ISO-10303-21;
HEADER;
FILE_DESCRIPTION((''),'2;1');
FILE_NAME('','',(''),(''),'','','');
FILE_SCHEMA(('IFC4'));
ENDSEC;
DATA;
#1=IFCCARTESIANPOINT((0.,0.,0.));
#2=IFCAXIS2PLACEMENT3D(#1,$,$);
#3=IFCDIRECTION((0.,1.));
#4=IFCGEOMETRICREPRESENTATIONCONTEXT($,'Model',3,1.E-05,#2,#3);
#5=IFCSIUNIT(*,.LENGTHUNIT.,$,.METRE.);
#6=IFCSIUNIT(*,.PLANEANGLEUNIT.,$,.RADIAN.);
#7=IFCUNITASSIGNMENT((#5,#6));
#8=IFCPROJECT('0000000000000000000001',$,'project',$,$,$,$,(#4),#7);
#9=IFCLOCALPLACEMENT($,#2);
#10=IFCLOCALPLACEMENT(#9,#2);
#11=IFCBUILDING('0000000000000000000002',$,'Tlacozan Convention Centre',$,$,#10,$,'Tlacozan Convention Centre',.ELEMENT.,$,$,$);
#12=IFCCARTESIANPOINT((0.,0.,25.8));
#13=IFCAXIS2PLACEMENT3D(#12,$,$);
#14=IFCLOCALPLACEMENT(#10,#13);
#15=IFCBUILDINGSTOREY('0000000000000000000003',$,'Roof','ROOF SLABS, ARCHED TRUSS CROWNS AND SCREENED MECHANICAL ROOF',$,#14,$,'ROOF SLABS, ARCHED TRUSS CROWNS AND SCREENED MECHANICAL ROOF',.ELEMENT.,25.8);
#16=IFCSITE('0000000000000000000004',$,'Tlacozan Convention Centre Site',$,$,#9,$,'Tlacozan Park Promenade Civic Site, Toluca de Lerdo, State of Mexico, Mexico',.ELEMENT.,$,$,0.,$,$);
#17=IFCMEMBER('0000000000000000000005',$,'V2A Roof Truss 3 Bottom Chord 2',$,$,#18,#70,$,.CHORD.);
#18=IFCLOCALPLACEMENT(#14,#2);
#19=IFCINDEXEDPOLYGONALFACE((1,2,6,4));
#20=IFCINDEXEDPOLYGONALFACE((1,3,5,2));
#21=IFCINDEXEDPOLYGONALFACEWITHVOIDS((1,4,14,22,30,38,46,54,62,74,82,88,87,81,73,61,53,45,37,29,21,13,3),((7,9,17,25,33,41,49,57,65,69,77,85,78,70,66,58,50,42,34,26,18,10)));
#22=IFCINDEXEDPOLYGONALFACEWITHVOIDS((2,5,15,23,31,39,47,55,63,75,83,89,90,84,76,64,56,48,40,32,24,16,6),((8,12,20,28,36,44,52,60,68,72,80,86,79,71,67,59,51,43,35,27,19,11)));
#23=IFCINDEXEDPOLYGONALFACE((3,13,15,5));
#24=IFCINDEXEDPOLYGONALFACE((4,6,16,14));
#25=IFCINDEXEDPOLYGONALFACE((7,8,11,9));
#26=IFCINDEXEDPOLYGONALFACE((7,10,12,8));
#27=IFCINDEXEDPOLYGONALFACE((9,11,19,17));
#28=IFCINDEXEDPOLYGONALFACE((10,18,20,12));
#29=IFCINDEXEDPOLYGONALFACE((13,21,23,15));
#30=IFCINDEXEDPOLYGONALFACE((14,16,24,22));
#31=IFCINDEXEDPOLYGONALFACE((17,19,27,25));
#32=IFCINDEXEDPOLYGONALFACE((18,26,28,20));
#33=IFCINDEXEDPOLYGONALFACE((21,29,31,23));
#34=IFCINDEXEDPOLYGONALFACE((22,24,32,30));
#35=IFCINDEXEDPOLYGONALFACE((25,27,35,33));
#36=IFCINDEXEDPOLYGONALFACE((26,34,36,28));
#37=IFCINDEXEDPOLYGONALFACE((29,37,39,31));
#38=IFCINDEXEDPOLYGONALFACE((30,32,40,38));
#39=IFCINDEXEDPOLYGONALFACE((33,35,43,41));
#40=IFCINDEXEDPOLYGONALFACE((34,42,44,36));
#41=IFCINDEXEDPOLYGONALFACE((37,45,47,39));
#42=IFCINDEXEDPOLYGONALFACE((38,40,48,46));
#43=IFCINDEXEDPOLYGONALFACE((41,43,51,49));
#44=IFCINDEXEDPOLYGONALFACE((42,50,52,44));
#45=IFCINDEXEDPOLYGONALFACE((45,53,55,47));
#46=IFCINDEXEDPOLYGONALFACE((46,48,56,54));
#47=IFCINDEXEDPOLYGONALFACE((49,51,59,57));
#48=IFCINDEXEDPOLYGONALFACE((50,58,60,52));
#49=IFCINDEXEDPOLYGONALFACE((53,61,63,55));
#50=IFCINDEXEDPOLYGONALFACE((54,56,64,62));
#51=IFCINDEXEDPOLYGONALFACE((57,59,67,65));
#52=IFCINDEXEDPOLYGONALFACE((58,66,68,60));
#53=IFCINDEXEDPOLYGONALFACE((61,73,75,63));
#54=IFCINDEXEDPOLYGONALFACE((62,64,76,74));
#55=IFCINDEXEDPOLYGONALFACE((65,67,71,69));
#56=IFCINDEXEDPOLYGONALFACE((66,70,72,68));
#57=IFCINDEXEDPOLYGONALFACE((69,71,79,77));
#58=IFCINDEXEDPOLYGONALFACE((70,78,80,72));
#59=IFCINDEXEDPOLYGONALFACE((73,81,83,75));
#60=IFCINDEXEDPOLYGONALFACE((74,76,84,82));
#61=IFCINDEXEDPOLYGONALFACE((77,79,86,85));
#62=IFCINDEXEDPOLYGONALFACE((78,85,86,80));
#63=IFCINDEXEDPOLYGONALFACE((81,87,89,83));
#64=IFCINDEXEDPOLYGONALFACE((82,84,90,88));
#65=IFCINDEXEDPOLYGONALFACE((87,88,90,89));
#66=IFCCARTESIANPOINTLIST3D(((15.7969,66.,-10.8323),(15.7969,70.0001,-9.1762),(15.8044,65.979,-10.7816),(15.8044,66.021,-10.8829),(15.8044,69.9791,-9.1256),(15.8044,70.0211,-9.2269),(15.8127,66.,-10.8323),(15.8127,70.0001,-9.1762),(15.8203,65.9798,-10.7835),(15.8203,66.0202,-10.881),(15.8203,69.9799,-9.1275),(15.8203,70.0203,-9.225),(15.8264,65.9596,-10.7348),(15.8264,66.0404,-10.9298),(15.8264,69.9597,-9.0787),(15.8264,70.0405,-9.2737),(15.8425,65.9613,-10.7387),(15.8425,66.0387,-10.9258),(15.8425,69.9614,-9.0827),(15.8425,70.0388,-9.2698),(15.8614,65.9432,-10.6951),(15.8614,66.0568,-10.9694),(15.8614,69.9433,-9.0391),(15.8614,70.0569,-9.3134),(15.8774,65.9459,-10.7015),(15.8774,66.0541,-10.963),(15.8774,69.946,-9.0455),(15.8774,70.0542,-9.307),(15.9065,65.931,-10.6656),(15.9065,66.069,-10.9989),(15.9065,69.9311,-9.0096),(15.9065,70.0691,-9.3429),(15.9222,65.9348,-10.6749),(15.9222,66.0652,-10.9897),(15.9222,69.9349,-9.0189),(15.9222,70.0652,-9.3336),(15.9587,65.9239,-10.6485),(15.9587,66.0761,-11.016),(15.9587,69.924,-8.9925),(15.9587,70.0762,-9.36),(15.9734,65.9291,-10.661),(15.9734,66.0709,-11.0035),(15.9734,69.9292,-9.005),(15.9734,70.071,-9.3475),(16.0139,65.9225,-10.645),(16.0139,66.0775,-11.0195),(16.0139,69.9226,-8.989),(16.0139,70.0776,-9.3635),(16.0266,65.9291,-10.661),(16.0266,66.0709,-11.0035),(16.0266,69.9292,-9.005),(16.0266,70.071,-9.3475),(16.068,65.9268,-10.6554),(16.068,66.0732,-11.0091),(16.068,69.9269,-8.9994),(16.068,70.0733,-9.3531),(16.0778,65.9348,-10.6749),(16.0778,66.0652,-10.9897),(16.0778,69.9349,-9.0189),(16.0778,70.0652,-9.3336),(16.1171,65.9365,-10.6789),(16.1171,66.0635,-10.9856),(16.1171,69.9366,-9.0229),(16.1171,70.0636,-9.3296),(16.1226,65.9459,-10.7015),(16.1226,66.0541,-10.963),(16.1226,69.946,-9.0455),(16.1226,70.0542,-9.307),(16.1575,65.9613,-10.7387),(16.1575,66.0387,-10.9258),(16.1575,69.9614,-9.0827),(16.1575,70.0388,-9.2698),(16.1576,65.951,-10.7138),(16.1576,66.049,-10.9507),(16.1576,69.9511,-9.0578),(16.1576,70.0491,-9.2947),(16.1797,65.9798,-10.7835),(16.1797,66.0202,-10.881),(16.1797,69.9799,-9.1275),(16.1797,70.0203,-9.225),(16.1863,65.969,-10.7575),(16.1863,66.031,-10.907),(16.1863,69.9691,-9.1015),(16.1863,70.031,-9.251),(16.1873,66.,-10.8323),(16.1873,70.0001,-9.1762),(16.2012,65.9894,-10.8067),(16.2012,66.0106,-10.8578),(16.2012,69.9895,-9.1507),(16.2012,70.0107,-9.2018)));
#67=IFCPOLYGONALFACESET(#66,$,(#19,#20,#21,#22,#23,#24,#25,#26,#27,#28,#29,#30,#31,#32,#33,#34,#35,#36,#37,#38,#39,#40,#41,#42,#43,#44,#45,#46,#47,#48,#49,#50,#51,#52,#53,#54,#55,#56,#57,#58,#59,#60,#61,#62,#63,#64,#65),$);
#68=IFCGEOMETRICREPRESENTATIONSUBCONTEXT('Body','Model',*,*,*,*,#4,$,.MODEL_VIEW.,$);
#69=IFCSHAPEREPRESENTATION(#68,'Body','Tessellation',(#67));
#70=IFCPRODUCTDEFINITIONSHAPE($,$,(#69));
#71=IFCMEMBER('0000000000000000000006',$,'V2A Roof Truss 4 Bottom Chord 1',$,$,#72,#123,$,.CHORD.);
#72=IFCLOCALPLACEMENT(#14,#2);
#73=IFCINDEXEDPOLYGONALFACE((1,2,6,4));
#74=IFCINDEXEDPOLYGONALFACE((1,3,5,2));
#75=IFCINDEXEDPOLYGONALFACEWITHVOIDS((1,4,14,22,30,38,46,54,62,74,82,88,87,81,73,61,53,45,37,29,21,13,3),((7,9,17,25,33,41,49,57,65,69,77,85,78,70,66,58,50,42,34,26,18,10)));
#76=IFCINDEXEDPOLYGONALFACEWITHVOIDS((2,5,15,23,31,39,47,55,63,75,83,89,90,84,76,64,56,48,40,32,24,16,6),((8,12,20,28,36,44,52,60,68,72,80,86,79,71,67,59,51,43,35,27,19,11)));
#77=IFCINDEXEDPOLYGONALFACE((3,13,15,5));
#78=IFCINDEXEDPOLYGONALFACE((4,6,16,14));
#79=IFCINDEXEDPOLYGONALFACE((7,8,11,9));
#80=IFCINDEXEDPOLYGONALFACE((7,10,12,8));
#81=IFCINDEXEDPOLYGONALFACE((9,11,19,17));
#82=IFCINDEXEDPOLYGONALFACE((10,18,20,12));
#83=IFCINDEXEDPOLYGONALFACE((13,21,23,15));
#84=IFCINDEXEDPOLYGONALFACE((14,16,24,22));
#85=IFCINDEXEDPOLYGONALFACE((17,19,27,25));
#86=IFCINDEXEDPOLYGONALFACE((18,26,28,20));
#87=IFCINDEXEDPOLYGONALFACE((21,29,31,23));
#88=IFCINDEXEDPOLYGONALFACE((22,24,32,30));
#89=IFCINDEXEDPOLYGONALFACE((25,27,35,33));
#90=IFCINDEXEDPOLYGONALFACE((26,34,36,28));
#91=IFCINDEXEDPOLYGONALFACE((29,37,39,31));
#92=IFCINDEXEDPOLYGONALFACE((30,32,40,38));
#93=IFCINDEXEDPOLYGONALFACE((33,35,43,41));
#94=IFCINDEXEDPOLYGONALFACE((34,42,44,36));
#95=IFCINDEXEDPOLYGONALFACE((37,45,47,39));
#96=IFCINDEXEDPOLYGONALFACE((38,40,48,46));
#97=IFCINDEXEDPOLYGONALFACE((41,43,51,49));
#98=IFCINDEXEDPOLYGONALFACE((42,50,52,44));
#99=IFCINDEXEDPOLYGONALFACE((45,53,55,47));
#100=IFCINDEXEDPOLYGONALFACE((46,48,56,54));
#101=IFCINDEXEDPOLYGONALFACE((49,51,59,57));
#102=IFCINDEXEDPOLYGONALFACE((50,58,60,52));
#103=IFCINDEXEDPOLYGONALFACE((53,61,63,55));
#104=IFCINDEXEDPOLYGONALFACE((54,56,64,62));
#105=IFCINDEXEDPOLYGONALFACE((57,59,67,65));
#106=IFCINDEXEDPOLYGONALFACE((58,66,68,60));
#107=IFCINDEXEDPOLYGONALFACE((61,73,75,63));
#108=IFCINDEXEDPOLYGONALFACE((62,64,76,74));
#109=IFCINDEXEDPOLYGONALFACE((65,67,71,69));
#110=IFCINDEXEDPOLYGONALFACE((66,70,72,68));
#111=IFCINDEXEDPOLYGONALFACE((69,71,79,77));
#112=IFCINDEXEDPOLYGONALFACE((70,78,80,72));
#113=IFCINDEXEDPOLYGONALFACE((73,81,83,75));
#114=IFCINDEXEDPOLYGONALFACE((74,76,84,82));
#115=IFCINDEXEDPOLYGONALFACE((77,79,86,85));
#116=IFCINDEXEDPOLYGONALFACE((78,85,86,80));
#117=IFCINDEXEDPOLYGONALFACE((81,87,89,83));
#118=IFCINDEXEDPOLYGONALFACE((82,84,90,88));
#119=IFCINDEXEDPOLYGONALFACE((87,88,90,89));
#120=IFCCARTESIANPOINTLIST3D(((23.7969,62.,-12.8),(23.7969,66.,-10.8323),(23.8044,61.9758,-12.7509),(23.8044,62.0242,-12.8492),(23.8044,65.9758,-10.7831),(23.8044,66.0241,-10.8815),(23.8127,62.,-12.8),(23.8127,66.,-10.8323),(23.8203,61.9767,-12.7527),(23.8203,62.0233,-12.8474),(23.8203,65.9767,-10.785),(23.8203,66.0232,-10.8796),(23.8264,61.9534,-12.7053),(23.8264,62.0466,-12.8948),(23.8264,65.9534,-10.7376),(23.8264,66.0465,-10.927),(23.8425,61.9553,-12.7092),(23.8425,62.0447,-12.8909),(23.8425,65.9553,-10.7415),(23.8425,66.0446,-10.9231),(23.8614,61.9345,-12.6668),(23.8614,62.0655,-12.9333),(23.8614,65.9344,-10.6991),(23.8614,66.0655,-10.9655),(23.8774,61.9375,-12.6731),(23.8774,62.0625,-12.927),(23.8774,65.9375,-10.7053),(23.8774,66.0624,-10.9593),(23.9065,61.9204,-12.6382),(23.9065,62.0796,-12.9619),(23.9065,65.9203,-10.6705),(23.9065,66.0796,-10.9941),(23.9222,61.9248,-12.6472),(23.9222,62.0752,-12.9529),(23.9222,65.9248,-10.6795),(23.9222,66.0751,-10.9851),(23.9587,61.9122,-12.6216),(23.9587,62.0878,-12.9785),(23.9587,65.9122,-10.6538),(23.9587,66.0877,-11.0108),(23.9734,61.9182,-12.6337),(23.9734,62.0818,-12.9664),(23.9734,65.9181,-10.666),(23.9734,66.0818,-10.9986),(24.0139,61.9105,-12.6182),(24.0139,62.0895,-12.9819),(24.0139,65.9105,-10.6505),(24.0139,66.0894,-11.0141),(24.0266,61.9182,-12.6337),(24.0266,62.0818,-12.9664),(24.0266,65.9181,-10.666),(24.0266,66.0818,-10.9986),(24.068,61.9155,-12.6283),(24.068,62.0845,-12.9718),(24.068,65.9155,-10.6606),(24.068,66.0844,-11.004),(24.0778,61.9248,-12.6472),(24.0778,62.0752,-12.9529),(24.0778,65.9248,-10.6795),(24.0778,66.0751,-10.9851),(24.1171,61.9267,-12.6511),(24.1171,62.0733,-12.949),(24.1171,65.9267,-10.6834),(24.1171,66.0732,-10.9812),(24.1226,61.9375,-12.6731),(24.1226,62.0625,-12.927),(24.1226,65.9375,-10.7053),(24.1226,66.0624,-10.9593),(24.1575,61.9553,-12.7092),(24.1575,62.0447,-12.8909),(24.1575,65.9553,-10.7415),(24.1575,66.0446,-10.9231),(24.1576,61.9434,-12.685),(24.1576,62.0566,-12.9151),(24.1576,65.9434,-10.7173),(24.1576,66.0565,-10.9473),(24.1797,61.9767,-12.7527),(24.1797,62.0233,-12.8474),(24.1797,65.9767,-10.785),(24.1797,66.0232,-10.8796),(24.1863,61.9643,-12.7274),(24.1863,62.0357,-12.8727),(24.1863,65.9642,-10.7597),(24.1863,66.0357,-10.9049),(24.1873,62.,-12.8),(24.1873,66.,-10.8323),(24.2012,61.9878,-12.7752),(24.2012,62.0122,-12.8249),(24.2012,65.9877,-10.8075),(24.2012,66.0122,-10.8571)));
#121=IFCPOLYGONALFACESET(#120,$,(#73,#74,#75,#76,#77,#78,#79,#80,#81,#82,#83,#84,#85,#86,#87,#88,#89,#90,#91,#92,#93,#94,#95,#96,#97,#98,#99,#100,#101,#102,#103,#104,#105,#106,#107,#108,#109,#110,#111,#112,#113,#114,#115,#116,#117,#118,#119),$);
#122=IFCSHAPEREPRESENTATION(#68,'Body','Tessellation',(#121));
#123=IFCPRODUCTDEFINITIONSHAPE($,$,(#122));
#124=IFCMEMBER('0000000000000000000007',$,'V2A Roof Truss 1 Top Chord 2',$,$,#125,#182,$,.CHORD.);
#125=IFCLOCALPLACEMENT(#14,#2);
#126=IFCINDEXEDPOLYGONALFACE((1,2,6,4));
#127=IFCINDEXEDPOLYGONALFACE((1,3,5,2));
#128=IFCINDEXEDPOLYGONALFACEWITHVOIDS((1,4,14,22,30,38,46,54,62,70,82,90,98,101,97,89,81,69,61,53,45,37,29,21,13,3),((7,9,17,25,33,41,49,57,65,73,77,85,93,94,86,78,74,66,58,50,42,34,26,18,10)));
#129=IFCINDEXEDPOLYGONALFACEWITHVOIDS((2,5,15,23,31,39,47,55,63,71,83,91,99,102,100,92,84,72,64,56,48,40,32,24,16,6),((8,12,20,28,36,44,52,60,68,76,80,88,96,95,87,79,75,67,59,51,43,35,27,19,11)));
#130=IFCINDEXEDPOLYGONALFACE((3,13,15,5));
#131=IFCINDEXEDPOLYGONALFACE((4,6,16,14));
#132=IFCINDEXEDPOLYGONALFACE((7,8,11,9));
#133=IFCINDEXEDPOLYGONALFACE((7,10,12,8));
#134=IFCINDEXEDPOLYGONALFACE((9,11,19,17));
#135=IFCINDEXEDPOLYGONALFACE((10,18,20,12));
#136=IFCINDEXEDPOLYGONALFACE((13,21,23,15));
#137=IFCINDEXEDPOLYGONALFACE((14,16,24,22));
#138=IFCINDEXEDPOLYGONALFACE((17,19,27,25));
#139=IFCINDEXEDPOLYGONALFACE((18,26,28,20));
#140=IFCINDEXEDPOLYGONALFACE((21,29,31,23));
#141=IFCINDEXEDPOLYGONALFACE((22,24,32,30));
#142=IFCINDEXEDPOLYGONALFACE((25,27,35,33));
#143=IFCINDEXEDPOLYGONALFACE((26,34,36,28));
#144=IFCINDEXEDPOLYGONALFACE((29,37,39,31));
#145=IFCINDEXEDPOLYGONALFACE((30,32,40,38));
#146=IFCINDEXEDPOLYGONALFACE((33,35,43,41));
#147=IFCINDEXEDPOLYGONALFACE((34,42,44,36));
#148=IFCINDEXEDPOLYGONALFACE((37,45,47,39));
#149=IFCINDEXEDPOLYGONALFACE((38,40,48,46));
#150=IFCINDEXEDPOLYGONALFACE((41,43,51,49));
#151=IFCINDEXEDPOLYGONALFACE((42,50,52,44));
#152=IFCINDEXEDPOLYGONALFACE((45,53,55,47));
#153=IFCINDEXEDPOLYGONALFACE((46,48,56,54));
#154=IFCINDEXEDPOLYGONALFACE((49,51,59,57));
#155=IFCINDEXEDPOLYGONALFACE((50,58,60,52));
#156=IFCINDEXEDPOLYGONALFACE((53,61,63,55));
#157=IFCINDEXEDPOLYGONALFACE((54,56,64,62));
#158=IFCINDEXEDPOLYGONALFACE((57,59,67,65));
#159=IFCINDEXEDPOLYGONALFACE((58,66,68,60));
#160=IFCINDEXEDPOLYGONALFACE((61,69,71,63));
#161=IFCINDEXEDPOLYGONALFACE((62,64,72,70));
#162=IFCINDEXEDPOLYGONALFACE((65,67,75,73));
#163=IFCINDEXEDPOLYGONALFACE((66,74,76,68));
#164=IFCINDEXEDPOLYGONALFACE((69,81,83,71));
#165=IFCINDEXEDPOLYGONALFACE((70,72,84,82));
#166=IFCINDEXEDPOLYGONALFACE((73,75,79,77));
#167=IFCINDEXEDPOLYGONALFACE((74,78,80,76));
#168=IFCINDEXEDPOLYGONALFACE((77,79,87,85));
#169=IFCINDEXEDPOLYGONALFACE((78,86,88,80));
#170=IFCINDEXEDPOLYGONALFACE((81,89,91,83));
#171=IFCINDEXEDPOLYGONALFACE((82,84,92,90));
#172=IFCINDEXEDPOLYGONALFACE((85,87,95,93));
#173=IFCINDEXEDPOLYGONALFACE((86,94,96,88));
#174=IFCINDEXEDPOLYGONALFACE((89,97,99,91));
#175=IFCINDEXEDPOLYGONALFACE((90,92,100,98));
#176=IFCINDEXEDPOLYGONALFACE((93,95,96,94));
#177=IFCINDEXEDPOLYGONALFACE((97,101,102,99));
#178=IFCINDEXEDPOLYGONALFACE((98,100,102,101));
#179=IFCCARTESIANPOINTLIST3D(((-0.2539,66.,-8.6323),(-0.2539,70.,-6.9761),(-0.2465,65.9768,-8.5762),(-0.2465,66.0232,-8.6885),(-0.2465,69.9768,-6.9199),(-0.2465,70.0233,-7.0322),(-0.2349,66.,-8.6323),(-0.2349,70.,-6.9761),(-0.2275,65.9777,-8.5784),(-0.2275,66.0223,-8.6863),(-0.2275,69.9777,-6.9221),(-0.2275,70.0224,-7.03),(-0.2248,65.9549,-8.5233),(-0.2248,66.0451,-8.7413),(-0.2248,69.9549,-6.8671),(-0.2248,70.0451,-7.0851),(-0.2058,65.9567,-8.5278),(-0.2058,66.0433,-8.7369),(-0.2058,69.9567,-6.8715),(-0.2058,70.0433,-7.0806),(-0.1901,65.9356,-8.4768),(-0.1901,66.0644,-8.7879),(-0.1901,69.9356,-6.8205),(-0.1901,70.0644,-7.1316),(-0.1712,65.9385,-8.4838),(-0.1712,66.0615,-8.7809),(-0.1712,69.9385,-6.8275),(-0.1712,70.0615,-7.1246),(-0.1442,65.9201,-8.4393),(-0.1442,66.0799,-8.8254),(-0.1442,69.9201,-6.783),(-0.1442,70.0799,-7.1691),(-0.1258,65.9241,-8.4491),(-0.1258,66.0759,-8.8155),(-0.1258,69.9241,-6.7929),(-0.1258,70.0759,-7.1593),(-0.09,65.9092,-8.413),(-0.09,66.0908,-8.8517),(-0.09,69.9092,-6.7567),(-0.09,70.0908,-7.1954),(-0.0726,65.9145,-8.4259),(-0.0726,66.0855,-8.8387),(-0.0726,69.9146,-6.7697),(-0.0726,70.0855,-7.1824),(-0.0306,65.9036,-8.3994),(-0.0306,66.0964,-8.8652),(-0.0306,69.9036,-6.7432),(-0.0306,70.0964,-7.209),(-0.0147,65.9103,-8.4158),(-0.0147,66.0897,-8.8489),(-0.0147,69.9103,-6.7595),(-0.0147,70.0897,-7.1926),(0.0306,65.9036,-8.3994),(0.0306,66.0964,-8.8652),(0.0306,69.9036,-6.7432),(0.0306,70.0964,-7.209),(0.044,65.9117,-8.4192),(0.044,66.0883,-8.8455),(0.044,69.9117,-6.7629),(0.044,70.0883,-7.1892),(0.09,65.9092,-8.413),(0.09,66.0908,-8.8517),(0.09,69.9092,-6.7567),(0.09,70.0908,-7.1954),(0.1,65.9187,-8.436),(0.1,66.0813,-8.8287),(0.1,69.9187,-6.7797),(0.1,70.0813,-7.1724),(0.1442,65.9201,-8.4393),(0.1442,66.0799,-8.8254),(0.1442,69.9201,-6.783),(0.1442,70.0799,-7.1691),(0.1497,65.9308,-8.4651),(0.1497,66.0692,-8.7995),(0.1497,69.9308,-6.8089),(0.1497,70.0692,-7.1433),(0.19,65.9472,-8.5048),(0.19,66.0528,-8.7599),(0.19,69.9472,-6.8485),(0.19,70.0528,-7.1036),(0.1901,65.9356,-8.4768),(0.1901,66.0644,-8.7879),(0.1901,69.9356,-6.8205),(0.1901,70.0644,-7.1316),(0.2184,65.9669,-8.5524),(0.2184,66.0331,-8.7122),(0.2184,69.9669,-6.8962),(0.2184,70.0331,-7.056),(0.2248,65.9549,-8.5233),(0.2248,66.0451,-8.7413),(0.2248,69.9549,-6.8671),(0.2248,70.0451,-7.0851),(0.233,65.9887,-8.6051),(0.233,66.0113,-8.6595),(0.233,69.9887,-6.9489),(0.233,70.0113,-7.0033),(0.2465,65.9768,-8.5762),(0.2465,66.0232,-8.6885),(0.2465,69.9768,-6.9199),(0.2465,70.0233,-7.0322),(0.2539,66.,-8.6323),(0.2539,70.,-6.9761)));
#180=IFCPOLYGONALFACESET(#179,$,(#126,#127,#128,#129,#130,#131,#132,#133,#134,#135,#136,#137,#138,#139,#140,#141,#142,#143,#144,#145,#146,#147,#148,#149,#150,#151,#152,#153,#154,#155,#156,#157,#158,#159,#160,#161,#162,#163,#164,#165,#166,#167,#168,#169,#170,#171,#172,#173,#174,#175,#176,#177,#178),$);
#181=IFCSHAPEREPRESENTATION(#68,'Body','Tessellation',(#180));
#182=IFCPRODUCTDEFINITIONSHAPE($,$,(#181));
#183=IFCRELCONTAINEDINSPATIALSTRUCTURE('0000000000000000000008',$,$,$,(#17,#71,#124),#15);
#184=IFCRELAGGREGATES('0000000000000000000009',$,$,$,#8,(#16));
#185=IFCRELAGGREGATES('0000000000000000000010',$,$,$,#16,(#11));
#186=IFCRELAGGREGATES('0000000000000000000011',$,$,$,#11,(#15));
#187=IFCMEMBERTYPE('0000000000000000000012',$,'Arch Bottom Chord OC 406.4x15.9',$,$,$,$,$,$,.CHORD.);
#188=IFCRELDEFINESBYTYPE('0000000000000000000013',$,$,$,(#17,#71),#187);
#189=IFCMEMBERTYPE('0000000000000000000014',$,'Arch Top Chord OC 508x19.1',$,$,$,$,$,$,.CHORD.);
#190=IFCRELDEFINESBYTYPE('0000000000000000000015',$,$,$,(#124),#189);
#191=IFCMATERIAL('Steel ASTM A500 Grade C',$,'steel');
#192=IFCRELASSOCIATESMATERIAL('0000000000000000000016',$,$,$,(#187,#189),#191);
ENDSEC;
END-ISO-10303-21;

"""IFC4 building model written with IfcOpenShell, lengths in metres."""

from ifc_helpers import new_model, si_unit, direction, frame, origin, origin_2d, place, context, subcontext, project, spatial, hollow_circle, extrude, material, material_profile, profile_set, type_object, element, save


model = new_model("IFC4")

# Units and contexts
model_context = context("Model", 3, precision=1e-05, world=origin(), true_north=direction((0.0, 1.0)))
body_context = subcontext(model_context, "Body", "Model", "MODEL_VIEW")
ifc_project = project(units=[si_unit("LENGTHUNIT", "METRE"), si_unit("PLANEANGLEUNIT", "RADIAN")], contexts=[model_context])

# Site, building, storey
site_placement = place(None, origin())
site = spatial("IfcSite", under=ifc_project, at=site_placement, Name="Tlacozan Convention Centre Site", LongName="Tlacozan Park Promenade Civic Site, Toluca de Lerdo, State of Mexico, Mexico", CompositionType="ELEMENT", RefElevation=0.0)
building_placement = place(site_placement, origin())
building = spatial("IfcBuilding", under=site, at=building_placement, Name="Tlacozan Convention Centre", LongName="Tlacozan Convention Centre", CompositionType="ELEMENT")
storey_placement = place(building_placement, frame((0.0, 0.0, 25.8)))
storey = spatial("IfcBuildingStorey", under=building, at=storey_placement, Name="Roof", Description="ROOF SLABS, ARCHED TRUSS CROWNS AND SCREENED MECHANICAL ROOF", LongName="ROOF SLABS, ARCHED TRUSS CROWNS AND SCREENED MECHANICAL ROOF", CompositionType="ELEMENT", Elevation=25.8)

# Members
ifc_material_1 = material(Name="Steel ASTM A500 Grade C", Category="steel")
ifc_material_profile_1 = material_profile(ifc_material_1, hollow_circle(Radius=0.2031, WallThickness=0.0159, at=origin_2d()), Name="OC 406.4x15.9")
ifc_profile_set_1 = profile_set([ifc_material_profile_1], Name="Steel ASTM A500 Grade C")
member_type_1 = type_object("IfcMemberType", Name="Arch Bottom Chord OC 406.4x15.9", PredefinedType="CHORD", material=ifc_profile_set_1)
member_1_placement = place(storey_placement, frame((16.0, 66.0, -10.8323), z_axis=(0.0, 0.923949, 0.382516), x_axis=(-1.0, 0.0, 0.0)))
element("IfcMember", 1, at=member_1_placement, inside=storey, type_object=member_type_1, Name="V2A Roof Truss 3 Bottom Chord 2", PredefinedType="CHORD", context=body_context, shape_type="SweptSolid", body=[
    extrude(hollow_circle(Radius=0.2031, WallThickness=0.0159, at=origin_2d()), origin(), (0.0, 0.0, 1.0), 4.3293),
])
member_2_placement = place(storey_placement, frame((24.0, 62.0, -12.8), z_axis=(0.0, 0.8973, 0.441421), x_axis=(-1.0, 0.0, 0.0)))
element("IfcMember", 2, at=member_2_placement, inside=storey, type_object=member_type_1, Name="V2A Roof Truss 4 Bottom Chord 1", PredefinedType="CHORD", context=body_context, shape_type="SweptSolid", body=[
    extrude(hollow_circle(Radius=0.2031, WallThickness=0.0159, at=origin_2d()), origin(), (0.0, 0.0, 1.0), 4.4578),
])
ifc_material_profile_2 = material_profile(ifc_material_1, hollow_circle(Radius=0.2539, WallThickness=0.019, at=origin_2d()), Name="OC 508.0x19.1")
ifc_profile_set_2 = profile_set([ifc_material_profile_2], Name="Steel ASTM A500 Grade C")
member_type_2 = type_object("IfcMemberType", Name="Arch Top Chord OC 508x19.1", PredefinedType="CHORD", material=ifc_profile_set_2)
member_3_placement = place(storey_placement, frame((0.0, 66.0, -8.6323), z_axis=(0.0, 0.923929, 0.382564), x_axis=(-1.0, 0.0, 0.0)))
element("IfcMember", 3, at=member_3_placement, inside=storey, type_object=member_type_2, Name="V2A Roof Truss 1 Top Chord 2", PredefinedType="CHORD", context=body_context, shape_type="SweptSolid", body=[
    extrude(hollow_circle(Radius=0.2539, WallThickness=0.019, at=origin_2d()), origin(), (0.0, 0.0, 1.0), 4.3293),
])

save(model, "model.ifc")
